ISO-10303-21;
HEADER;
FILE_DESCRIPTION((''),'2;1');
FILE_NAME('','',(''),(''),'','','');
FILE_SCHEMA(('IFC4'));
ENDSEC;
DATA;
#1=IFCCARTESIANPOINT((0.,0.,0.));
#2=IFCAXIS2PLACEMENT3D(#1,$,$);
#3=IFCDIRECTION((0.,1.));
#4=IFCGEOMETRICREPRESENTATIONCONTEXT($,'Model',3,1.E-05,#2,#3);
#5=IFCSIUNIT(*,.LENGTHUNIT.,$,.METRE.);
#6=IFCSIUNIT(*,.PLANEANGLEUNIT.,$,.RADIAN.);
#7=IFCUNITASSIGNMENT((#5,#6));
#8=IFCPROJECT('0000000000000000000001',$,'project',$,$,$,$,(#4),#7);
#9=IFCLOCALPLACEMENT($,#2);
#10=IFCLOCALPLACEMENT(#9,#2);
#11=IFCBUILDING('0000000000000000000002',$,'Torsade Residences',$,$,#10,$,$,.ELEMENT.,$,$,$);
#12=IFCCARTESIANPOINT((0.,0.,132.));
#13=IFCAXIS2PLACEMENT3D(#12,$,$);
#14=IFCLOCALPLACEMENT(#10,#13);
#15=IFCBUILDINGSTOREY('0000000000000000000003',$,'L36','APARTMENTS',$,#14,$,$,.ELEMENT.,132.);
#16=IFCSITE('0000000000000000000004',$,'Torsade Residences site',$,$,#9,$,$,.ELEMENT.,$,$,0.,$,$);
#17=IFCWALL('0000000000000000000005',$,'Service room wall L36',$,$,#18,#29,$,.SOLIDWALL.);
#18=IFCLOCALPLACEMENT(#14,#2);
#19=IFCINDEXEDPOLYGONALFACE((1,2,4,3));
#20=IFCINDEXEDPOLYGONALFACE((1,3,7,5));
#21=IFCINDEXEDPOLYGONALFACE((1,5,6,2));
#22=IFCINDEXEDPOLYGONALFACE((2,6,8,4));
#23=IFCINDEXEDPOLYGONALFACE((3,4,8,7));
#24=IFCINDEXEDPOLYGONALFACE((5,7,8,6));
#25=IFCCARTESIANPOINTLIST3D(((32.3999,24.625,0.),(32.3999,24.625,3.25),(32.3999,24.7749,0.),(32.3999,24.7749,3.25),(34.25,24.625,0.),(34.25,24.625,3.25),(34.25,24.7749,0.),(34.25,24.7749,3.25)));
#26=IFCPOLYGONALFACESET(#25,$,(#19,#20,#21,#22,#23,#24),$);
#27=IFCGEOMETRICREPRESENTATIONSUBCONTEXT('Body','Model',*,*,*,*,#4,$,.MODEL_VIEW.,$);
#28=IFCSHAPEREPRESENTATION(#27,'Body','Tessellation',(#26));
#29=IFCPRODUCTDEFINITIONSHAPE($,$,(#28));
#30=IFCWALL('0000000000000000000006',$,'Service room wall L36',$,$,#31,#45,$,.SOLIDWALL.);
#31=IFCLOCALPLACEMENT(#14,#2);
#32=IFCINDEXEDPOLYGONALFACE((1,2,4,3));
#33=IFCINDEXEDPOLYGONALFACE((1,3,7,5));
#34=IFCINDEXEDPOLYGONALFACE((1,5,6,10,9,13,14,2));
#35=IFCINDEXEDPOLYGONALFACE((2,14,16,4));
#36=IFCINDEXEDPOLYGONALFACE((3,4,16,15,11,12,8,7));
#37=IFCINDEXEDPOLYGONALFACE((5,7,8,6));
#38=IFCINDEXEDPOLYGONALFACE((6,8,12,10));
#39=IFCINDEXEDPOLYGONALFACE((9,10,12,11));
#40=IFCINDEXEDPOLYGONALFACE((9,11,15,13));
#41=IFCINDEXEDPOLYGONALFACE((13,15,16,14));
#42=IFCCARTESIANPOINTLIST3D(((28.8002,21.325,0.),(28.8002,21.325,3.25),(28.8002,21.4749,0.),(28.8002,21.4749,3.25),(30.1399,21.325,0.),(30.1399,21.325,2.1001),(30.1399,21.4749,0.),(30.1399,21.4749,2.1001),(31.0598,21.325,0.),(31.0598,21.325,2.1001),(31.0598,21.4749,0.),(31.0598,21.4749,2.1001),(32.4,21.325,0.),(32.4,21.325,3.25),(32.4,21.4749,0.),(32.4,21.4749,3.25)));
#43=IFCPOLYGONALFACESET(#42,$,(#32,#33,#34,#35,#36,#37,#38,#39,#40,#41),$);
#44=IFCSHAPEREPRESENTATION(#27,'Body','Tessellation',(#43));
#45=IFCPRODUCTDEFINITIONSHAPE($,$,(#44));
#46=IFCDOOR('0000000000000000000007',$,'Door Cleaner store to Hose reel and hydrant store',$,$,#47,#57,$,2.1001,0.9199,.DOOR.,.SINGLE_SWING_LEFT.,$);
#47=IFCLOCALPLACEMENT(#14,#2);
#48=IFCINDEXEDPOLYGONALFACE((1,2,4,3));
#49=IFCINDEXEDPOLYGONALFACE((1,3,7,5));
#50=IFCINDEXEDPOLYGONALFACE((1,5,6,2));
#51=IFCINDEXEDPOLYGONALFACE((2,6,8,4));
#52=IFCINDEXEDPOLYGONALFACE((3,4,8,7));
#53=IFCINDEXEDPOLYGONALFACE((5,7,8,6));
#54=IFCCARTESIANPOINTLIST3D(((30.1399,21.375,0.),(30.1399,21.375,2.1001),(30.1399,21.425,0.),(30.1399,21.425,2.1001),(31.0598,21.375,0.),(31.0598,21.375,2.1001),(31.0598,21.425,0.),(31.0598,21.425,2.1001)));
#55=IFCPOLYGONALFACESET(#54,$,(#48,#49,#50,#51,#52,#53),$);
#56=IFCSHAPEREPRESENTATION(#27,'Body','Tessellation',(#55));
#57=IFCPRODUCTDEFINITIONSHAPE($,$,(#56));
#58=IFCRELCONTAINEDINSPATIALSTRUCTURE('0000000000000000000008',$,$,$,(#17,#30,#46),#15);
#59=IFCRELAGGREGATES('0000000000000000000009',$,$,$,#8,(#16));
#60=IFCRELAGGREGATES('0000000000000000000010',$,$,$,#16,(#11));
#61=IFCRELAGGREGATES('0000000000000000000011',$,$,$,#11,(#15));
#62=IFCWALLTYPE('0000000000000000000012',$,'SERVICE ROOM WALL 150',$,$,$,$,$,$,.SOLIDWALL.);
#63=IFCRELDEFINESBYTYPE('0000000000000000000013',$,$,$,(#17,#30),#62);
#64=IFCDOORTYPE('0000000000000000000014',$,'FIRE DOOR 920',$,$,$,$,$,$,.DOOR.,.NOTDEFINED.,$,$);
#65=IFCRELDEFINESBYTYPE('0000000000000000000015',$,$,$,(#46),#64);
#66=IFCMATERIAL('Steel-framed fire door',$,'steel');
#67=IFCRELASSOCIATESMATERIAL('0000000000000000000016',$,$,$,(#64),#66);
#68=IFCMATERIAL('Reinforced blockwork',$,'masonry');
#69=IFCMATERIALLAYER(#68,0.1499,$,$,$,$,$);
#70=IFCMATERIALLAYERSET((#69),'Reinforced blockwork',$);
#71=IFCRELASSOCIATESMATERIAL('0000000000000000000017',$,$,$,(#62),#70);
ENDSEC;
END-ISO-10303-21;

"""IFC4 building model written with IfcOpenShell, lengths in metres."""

from ifc_helpers import new_model, si_unit, direction, frame, frame_2d, origin, place, context, subcontext, project, spatial, rectangle, extrude, material, layer, layer_set, type_object, element, fill, save


model = new_model("IFC4")

# Units and contexts
model_context = context("Model", 3, precision=1e-05, world=origin(), true_north=direction((0.0, 1.0)))
body_context = subcontext(model_context, "Body", "Model", "MODEL_VIEW")
ifc_project = project(units=[si_unit("LENGTHUNIT", "METRE"), si_unit("PLANEANGLEUNIT", "RADIAN")], contexts=[model_context])

# Site, building, storey
site_placement = place(None, origin())
site = spatial("IfcSite", under=ifc_project, at=site_placement, Name="Torsade Residences site", CompositionType="ELEMENT", RefElevation=0.0)
building_placement = place(site_placement, origin())
building = spatial("IfcBuilding", under=site, at=building_placement, Name="Torsade Residences", CompositionType="ELEMENT")
storey_placement = place(building_placement, frame((0.0, 0.0, 132.0)))
storey = spatial("IfcBuildingStorey", under=building, at=storey_placement, Name="L36", Description="APARTMENTS", CompositionType="ELEMENT", Elevation=132.0)

# Shared definitions
ifc_material_1 = material(Name="Steel-framed fire door", Category="steel")
door_type_1 = type_object("IfcDoorType", Name="FIRE DOOR 920", OperationType="NOTDEFINED", PredefinedType="DOOR", material=ifc_material_1)

# Wall
ifc_material_2 = material(Name="Reinforced blockwork", Category="masonry")
ifc_layer_1 = layer(ifc_material_2, 0.1499)
ifc_layer_set_1 = layer_set([ifc_layer_1], Name="Reinforced blockwork")
wall_type_1 = type_object("IfcWallType", Name="SERVICE ROOM WALL 150", PredefinedType="SOLIDWALL", material=ifc_layer_set_1)
wall_1_placement = place(storey_placement, frame((32.3999, 24.7, 0.0), z_axis=(0.0, 0.0, 1.0), x_axis=(1.0, 0.0, 0.0)))
element("IfcWall", 1, at=wall_1_placement, inside=storey, type_object=wall_type_1, Name="Service room wall L36", PredefinedType="SOLIDWALL", context=body_context, shape_type="SweptSolid", body=[
    extrude(rectangle(XDim=1.8501, YDim=0.1499, at=frame_2d((0.925, 0.0))), origin(), (0.0, 0.0, 1.0), 3.25),
])

# Wall, opening, door
wall_2_placement = place(storey_placement, frame((32.3999, 21.3999, 0.0), z_axis=(0.0, 0.0, 1.0), x_axis=(-1.0, 0.0, 0.0)))
wall_2 = element("IfcWall", 2, at=wall_2_placement, inside=storey, type_object=wall_type_1, Name="Service room wall L36", PredefinedType="SOLIDWALL", context=body_context, shape_type="SweptSolid", body=[
    extrude(rectangle(XDim=3.5999, YDim=0.1499, at=frame_2d((1.7998, 0.0))), origin(), (0.0, 0.0, 1.0), 3.25),
])
opening_1_placement = place(wall_2_placement, frame((1.3401, 0.0, 0.0)))
opening_1 = element("IfcOpeningElement", 3, at=opening_1_placement, cuts=wall_2, PredefinedType="OPENING", context=body_context, shape_type="SweptSolid", body=[
    extrude(rectangle(XDim=0.9199, YDim=2.1001, at=frame_2d((0.46, 1.05))), frame((0.0, 0.085, 0.0), z_axis=(0.0, -1.0, 0.0), x_axis=(1.0, 0.0, 0.0)), (0.0, 0.0, 1.0), 0.1699),
])
door_1_placement = place(opening_1_placement, origin())
door_1 = element("IfcDoor", 4, at=door_1_placement, inside=storey, type_object=door_type_1, Name="Door Cleaner store to Hose reel and hydrant store", OperationType="SINGLE_SWING_LEFT", OverallHeight=2.1001, OverallWidth=0.9199, PredefinedType="DOOR", context=body_context, shape_type="SweptSolid", body=[
    extrude(rectangle(XDim=0.9199, YDim=2.1001, at=frame_2d((0.46, 1.05))), frame((0.0, 0.0249, 0.0), z_axis=(0.0, -1.0, 0.0), x_axis=(1.0, 0.0, 0.0)), (0.0, 0.0, 1.0), 0.05),
])
fill(opening_1, door_1)

save(model, "model.ifc")
